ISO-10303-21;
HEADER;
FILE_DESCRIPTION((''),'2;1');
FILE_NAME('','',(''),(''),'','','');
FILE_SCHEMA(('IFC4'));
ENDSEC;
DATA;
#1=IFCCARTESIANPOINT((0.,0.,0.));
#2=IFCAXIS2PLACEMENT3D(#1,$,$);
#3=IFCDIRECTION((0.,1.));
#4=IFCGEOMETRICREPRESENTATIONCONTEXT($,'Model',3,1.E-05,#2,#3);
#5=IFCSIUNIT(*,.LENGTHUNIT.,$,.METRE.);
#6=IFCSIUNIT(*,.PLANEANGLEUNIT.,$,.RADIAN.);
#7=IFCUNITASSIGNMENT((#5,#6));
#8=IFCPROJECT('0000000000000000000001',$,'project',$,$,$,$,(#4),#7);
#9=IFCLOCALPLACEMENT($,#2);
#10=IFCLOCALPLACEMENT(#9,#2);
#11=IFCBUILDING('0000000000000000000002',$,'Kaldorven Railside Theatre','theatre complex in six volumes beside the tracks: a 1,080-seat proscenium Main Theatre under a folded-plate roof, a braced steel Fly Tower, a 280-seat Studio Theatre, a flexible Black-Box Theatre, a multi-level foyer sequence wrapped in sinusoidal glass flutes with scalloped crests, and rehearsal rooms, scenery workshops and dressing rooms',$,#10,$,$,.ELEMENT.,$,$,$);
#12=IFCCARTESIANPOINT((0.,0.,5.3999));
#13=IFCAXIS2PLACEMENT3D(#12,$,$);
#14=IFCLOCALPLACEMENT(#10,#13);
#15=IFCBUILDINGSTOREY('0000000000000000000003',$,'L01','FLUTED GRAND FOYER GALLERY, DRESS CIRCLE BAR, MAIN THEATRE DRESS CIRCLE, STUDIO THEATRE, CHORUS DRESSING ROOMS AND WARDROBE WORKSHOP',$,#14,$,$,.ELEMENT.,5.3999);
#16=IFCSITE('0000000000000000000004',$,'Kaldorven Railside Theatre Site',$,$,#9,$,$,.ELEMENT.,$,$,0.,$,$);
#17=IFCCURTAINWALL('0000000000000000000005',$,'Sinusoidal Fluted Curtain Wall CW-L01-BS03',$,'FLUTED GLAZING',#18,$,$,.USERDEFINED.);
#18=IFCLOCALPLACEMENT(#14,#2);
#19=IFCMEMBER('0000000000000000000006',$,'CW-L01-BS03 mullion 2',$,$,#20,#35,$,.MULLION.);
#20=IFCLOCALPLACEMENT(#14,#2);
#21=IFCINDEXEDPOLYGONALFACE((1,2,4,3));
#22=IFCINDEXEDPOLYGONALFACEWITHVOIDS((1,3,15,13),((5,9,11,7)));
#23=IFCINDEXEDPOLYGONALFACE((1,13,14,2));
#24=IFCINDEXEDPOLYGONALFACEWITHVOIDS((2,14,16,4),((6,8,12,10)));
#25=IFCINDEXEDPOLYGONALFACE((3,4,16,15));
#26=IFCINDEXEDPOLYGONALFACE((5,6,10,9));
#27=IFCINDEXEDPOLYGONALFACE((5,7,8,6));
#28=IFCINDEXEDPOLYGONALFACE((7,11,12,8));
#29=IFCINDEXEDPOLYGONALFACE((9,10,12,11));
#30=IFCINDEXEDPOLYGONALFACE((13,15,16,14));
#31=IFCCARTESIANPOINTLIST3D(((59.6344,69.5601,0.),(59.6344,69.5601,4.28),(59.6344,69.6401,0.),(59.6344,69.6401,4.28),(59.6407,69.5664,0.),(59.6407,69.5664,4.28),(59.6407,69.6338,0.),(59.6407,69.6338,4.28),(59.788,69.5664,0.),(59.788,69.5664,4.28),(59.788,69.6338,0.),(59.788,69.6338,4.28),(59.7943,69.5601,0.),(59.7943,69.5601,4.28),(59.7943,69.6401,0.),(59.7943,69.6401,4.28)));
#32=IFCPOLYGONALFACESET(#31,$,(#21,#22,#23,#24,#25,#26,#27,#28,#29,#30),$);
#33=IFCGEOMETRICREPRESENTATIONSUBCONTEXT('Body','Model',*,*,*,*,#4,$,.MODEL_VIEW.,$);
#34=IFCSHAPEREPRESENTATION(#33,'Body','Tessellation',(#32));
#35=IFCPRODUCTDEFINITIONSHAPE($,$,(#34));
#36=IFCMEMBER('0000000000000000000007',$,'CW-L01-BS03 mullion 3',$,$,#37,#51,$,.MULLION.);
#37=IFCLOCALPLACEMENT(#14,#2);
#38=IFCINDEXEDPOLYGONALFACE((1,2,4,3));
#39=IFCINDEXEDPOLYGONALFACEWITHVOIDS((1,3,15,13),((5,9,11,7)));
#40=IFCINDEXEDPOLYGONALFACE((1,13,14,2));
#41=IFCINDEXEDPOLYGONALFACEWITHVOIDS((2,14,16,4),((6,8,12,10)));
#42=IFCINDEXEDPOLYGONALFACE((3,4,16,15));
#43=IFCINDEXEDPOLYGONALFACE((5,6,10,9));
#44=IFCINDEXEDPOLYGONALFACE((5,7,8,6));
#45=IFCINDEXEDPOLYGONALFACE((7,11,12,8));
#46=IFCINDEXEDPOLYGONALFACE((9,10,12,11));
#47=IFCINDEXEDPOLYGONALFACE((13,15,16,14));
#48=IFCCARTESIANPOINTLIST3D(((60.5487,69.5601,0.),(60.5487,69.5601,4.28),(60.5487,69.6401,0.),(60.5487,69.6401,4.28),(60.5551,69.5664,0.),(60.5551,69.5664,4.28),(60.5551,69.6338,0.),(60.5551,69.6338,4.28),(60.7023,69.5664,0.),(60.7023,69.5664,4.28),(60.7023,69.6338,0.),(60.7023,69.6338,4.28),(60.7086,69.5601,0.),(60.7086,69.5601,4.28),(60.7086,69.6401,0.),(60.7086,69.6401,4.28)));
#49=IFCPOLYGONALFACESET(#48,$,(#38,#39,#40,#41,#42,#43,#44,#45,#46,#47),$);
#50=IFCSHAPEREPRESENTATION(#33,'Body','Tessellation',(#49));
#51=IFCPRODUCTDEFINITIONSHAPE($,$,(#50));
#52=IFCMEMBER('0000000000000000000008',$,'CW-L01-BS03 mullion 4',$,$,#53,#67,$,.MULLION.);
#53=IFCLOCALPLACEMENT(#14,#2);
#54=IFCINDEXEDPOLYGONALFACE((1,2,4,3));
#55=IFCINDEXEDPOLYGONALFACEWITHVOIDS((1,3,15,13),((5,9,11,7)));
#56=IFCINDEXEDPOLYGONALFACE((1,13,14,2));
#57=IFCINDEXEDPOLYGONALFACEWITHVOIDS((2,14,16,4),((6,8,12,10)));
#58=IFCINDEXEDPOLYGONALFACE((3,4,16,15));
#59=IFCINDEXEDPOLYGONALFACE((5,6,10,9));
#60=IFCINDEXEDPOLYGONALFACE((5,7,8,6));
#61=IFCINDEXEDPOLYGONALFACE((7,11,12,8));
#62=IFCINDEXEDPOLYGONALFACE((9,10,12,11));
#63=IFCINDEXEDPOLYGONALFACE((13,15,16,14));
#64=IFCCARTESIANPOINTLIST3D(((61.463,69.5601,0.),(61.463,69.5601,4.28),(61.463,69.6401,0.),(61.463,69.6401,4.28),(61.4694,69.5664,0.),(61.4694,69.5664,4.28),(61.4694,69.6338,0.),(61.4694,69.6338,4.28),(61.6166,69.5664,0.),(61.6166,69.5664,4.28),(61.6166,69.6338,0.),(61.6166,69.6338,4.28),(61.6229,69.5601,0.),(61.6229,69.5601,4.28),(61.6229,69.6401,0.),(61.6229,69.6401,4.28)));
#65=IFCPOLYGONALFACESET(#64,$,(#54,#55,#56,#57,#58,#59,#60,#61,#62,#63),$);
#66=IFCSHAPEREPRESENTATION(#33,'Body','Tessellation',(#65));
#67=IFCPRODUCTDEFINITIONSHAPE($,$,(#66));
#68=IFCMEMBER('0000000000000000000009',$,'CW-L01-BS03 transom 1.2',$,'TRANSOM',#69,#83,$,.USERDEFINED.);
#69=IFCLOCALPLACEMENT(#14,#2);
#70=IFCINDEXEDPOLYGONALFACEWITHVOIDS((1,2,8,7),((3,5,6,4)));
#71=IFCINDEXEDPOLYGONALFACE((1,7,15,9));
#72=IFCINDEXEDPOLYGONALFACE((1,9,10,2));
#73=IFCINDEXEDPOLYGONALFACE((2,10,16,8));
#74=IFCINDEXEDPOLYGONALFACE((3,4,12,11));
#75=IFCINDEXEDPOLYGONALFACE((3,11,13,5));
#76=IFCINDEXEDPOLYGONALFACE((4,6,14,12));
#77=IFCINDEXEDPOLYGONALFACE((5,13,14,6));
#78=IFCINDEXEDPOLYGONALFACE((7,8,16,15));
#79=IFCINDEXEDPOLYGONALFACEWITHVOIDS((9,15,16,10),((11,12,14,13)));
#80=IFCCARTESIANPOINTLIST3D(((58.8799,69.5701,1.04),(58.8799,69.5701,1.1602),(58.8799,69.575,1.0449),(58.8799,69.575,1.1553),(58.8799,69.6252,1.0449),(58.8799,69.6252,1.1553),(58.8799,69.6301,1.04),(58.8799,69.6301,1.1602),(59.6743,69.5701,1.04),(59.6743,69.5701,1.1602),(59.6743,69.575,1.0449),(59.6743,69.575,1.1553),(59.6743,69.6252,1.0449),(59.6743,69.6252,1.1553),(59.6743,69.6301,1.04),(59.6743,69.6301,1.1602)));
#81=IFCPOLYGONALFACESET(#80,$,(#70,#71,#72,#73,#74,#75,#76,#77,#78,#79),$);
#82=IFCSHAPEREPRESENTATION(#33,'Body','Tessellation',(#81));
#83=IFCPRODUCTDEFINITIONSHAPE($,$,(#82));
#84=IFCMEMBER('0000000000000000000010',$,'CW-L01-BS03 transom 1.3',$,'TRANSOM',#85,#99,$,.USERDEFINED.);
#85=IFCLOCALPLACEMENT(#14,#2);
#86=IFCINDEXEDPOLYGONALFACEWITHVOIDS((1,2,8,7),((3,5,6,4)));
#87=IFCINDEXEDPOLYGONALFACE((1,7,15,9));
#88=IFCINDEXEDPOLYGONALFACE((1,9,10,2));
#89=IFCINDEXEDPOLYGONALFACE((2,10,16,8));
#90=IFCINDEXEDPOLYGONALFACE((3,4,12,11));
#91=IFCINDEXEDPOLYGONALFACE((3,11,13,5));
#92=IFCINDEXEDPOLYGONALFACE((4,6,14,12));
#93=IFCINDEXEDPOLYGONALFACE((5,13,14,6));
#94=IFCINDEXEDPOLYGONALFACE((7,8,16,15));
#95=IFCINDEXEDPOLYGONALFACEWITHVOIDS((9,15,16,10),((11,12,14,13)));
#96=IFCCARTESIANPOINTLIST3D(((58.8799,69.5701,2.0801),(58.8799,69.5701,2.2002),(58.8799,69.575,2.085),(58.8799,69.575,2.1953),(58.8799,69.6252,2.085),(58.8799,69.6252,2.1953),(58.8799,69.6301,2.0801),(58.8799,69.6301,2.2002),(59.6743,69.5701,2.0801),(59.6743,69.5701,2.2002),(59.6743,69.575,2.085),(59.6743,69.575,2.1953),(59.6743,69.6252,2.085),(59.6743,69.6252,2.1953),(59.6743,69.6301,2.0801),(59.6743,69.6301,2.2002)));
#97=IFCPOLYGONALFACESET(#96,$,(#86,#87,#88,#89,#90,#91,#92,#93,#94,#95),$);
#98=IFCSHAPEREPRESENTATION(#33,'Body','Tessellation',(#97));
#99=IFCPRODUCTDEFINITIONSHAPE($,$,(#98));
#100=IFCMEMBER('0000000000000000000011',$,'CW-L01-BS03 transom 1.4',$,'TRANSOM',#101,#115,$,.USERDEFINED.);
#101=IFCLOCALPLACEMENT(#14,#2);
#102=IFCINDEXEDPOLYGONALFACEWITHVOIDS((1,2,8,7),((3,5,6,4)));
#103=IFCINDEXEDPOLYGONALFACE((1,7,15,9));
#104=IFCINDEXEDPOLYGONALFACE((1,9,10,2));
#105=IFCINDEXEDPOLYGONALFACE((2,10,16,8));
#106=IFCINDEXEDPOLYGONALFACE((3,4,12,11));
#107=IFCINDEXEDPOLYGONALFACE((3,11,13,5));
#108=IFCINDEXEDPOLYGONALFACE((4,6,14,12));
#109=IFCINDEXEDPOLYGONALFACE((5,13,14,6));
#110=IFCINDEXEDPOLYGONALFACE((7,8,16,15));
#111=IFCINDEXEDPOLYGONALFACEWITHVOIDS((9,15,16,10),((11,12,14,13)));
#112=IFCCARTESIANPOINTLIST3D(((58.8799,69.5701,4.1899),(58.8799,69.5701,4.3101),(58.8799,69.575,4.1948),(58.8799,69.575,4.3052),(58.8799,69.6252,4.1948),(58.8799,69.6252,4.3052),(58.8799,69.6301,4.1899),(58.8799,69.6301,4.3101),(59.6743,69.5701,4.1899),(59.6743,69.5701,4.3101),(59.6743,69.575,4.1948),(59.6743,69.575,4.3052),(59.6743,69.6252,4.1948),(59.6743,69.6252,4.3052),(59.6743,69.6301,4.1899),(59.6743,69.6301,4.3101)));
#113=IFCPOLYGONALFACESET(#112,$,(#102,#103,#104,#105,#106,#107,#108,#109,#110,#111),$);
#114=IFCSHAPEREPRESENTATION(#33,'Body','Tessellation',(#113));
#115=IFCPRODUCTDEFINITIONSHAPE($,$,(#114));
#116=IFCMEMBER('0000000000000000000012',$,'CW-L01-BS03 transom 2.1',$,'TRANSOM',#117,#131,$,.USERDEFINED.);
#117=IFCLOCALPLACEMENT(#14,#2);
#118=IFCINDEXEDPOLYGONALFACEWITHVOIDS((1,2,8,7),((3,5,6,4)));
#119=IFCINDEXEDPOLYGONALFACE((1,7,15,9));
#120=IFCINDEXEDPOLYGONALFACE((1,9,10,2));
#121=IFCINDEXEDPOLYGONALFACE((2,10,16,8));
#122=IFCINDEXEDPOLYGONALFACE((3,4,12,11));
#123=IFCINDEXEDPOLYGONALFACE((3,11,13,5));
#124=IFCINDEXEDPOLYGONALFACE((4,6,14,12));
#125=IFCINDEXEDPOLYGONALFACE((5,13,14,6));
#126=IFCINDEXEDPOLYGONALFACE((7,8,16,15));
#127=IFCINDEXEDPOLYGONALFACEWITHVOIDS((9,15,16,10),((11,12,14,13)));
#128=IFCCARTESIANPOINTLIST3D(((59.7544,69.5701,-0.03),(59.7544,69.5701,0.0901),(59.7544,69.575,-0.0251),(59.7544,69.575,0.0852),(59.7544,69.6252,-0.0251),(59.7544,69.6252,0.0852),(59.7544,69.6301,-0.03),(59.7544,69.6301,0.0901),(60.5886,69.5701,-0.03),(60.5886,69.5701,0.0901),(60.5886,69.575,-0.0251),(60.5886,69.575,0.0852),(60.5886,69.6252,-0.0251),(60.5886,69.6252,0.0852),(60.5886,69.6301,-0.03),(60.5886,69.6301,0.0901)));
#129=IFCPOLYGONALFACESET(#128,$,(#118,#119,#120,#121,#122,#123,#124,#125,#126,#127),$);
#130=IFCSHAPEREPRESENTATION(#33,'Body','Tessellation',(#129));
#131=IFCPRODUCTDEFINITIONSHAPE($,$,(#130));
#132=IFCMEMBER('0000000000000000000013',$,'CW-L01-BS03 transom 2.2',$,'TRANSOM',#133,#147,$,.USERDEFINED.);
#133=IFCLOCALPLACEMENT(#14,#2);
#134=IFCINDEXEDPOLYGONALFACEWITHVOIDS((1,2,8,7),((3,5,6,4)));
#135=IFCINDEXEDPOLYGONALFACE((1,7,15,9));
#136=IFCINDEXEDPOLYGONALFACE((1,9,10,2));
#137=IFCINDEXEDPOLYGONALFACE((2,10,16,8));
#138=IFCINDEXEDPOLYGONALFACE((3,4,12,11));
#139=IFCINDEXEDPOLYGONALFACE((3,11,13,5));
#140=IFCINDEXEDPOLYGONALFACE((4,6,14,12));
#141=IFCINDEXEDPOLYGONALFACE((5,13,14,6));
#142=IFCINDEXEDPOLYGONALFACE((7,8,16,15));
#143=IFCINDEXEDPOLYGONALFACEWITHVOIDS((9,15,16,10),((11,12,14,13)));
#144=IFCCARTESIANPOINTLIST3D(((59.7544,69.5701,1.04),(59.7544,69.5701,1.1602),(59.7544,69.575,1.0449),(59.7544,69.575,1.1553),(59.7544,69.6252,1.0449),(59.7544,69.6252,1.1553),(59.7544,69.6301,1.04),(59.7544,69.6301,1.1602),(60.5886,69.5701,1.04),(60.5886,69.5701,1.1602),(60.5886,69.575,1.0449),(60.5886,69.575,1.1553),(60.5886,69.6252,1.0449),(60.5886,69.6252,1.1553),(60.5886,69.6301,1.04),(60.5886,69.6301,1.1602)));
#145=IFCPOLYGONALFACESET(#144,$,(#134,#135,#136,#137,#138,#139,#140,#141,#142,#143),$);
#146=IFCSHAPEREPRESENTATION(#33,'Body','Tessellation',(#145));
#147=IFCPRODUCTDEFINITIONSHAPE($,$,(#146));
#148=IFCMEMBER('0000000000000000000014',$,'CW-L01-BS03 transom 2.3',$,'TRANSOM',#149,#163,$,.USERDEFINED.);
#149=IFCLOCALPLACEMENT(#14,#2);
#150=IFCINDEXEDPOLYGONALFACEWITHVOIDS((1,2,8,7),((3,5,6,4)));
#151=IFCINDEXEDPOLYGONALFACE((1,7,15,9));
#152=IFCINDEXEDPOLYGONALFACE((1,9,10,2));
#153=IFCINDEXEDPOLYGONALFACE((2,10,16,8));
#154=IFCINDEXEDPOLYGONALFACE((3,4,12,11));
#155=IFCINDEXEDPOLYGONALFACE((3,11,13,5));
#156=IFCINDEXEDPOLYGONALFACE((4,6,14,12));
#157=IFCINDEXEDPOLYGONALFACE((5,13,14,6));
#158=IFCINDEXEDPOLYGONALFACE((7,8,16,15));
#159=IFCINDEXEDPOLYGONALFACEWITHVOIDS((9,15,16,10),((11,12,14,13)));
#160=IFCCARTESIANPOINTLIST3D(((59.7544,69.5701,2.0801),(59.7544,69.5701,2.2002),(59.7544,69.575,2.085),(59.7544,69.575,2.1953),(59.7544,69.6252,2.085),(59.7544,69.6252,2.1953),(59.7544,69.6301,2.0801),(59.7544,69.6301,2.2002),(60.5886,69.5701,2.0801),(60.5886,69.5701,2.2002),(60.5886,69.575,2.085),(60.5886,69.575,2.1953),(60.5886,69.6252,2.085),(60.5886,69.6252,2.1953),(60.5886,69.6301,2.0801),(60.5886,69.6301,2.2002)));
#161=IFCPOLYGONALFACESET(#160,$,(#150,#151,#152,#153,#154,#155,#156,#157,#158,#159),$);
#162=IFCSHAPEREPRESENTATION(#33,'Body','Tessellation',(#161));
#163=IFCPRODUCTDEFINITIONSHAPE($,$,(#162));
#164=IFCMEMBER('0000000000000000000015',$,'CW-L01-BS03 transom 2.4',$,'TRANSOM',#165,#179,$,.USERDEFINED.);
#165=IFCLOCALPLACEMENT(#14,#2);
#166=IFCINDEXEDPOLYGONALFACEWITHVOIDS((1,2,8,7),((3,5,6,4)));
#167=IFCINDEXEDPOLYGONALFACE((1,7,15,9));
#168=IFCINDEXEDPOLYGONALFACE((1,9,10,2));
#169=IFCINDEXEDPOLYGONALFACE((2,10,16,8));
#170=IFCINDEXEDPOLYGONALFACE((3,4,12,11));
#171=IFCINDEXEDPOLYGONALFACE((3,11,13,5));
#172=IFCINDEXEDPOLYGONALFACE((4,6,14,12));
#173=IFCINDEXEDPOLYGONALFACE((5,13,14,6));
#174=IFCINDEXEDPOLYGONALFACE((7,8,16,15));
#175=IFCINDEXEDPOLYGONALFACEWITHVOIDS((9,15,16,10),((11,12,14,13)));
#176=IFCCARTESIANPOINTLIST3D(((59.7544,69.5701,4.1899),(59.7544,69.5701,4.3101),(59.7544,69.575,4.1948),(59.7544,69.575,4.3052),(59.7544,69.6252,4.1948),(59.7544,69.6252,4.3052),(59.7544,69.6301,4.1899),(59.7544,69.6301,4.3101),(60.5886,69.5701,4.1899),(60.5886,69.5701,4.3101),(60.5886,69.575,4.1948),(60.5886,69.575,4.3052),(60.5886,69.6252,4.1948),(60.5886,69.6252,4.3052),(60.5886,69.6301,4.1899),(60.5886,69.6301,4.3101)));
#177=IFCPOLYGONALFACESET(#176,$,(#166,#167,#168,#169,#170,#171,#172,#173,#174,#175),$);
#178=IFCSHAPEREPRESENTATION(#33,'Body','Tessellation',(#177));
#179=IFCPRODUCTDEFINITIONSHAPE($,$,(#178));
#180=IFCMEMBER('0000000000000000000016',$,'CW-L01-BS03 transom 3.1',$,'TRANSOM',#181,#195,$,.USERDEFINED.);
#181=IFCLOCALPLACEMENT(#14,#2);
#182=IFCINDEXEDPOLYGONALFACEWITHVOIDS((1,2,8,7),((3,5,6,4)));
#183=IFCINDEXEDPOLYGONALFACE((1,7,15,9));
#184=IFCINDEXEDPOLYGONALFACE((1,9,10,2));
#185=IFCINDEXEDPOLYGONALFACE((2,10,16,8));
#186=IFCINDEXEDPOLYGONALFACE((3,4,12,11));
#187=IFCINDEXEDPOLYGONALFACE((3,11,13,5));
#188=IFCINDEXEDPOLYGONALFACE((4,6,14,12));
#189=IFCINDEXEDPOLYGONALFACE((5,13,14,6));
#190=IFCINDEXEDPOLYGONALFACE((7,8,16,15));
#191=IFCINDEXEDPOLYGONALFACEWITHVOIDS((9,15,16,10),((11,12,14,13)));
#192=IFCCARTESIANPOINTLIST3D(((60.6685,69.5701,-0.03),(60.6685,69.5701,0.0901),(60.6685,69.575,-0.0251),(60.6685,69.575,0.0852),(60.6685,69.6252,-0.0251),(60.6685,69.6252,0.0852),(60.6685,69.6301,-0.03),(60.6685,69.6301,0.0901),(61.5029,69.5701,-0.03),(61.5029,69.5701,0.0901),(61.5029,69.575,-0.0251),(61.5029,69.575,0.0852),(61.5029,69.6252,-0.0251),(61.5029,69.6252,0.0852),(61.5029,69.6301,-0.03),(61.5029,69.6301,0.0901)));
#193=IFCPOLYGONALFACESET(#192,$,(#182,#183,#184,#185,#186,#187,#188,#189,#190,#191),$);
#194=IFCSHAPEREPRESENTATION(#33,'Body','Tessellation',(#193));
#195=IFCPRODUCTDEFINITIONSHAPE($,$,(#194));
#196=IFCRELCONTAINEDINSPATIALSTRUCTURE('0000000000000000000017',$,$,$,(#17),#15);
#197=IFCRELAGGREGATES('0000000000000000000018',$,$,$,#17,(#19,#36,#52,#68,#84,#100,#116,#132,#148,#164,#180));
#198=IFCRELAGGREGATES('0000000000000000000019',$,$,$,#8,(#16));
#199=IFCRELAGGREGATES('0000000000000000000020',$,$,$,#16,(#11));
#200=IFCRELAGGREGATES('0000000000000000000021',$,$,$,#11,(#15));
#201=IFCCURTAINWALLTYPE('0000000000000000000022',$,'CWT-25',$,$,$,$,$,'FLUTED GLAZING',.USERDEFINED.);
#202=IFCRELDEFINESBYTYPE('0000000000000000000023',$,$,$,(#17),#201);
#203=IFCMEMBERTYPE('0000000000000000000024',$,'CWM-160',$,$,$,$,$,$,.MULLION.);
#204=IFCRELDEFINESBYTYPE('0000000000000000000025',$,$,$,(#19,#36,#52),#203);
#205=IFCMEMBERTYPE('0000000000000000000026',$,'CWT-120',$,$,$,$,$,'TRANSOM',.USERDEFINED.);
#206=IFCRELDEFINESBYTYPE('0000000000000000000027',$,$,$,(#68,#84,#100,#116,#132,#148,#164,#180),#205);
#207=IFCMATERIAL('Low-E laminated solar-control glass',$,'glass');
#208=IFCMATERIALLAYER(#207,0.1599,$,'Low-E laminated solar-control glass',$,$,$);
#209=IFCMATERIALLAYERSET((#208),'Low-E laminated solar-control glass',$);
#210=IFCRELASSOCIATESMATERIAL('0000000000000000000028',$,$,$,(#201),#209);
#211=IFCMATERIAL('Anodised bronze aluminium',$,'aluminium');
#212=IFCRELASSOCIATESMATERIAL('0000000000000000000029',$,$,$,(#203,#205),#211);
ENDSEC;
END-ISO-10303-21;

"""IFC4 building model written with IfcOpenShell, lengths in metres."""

from ifc_helpers import new_model, si_unit, direction, frame, origin, origin_2d, place, context, subcontext, project, spatial, hollow_rectangle, extrude, material, layer, layer_set, material_profile, profile_set, type_object, element, aggregate, save


model = new_model("IFC4")

# Units and contexts
model_context = context("Model", 3, precision=1e-05, world=origin(), true_north=direction((0.0, 1.0)))
body_context = subcontext(model_context, "Body", "Model", "MODEL_VIEW")
ifc_project = project(units=[si_unit("LENGTHUNIT", "METRE"), si_unit("PLANEANGLEUNIT", "RADIAN")], contexts=[model_context])

# Site, building, storey
site_placement = place(None, origin())
site = spatial("IfcSite", under=ifc_project, at=site_placement, Name="Kaldorven Railside Theatre Site", CompositionType="ELEMENT", RefElevation=0.0)
building_placement = place(site_placement, origin())
building = spatial("IfcBuilding", under=site, at=building_placement, Name="Kaldorven Railside Theatre", Description="theatre complex in six volumes beside the tracks: a 1,080-seat proscenium Main Theatre under a folded-plate roof, a braced steel Fly Tower, a 280-seat Studio Theatre, a flexible Black-Box Theatre, a multi-level foyer sequence wrapped in sinusoidal glass flutes with scalloped crests, and rehearsal rooms, scenery workshops and dressing rooms", CompositionType="ELEMENT")
storey_placement = place(building_placement, frame((0.0, 0.0, 5.3999)))
storey = spatial("IfcBuildingStorey", under=building, at=storey_placement, Name="L01", Description="FLUTED GRAND FOYER GALLERY, DRESS CIRCLE BAR, MAIN THEATRE DRESS CIRCLE, STUDIO THEATRE, CHORUS DRESSING ROOMS AND WARDROBE WORKSHOP", CompositionType="ELEMENT", Elevation=5.3999)

# Curtain wall, members
ifc_material_1 = material(Name="Low-E laminated solar-control glass", Category="glass")
ifc_layer_1 = layer(ifc_material_1, 0.1599, Name="Low-E laminated solar-control glass")
ifc_layer_set_1 = layer_set([ifc_layer_1], Name="Low-E laminated solar-control glass")
curtain_wall_type = type_object("IfcCurtainWallType", Name="CWT-25", ElementType="FLUTED GLAZING", PredefinedType="USERDEFINED", material=ifc_layer_set_1)
curtain_wall_placement = place(storey_placement, origin())
curtain_wall = element("IfcCurtainWall", 1, at=curtain_wall_placement, inside=storey, type_object=curtain_wall_type, Name="Sinusoidal Fluted Curtain Wall CW-L01-BS03", ObjectType="FLUTED GLAZING", PredefinedType="USERDEFINED")
ifc_material_2 = material(Name="Anodised bronze aluminium", Category="aluminium")
ifc_material_profile_1 = material_profile(ifc_material_2, hollow_rectangle(XDim=0.0801, YDim=0.1599, WallThickness=0.0063, at=origin_2d()), Name="RHS 160x80x6.3")
ifc_profile_set_1 = profile_set([ifc_material_profile_1], Name="Anodised bronze aluminium")
member_type_1 = type_object("IfcMemberType", Name="CWM-160", PredefinedType="MULLION", material=ifc_profile_set_1)
member_1_placement = place(storey_placement, frame((59.7144, 69.6001, 0.0), z_axis=(0.0, 0.0, 1.0), x_axis=(0.0, 1.0, 0.0)))
member_1 = element("IfcMember", 2, at=member_1_placement, type_object=member_type_1, Name="CW-L01-BS03 mullion 2", PredefinedType="MULLION", context=body_context, shape_type="SweptSolid", body=[
    extrude(hollow_rectangle(XDim=0.0801, YDim=0.1599, WallThickness=0.0063, at=origin_2d()), origin(), (0.0, 0.0, 1.0), 4.28),
])
member_2_placement = place(storey_placement, frame((60.6287, 69.6001, 0.0), z_axis=(0.0, 0.0, 1.0), x_axis=(0.0, 1.0, 0.0)))
member_2 = element("IfcMember", 3, at=member_2_placement, type_object=member_type_1, Name="CW-L01-BS03 mullion 3", PredefinedType="MULLION", context=body_context, shape_type="SweptSolid", body=[
    extrude(hollow_rectangle(XDim=0.0801, YDim=0.1599, WallThickness=0.0063, at=origin_2d()), origin(), (0.0, 0.0, 1.0), 4.28),
])
member_3_placement = place(storey_placement, frame((61.543, 69.6001, 0.0), z_axis=(0.0, 0.0, 1.0), x_axis=(0.0, 1.0, 0.0)))
member_3 = element("IfcMember", 4, at=member_3_placement, type_object=member_type_1, Name="CW-L01-BS03 mullion 4", PredefinedType="MULLION", context=body_context, shape_type="SweptSolid", body=[
    extrude(hollow_rectangle(XDim=0.0801, YDim=0.1599, WallThickness=0.0063, at=origin_2d()), origin(), (0.0, 0.0, 1.0), 4.28),
])
ifc_material_profile_2 = material_profile(ifc_material_2, hollow_rectangle(XDim=0.0601, YDim=0.1201, WallThickness=0.0049, at=origin_2d()), Name="RHS 120x60x5")
ifc_profile_set_2 = profile_set([ifc_material_profile_2], Name="Anodised bronze aluminium")
member_type_2 = type_object("IfcMemberType", Name="CWT-120", ElementType="TRANSOM", PredefinedType="USERDEFINED", material=ifc_profile_set_2)
member_4_placement = place(storey_placement, frame((58.8799, 69.6001, 1.1001), z_axis=(1.0, 0.0, 0.0), x_axis=(0.0, 1.0, 0.0)))
member_4 = element("IfcMember", 5, at=member_4_placement, type_object=member_type_2, Name="CW-L01-BS03 transom 1.2", ObjectType="TRANSOM", PredefinedType="USERDEFINED", context=body_context, shape_type="SweptSolid", body=[
    extrude(hollow_rectangle(XDim=0.0601, YDim=0.1201, WallThickness=0.0049, at=origin_2d()), origin(), (0.0, 0.0, 1.0), 0.7944),
])
member_5_placement = place(storey_placement, frame((58.8799, 69.6001, 2.1401), z_axis=(1.0, 0.0, 0.0), x_axis=(0.0, 1.0, 0.0)))
member_5 = element("IfcMember", 6, at=member_5_placement, type_object=member_type_2, Name="CW-L01-BS03 transom 1.3", ObjectType="TRANSOM", PredefinedType="USERDEFINED", context=body_context, shape_type="SweptSolid", body=[
    extrude(hollow_rectangle(XDim=0.0601, YDim=0.1201, WallThickness=0.0049, at=origin_2d()), origin(), (0.0, 0.0, 1.0), 0.7944),
])
member_6_placement = place(storey_placement, frame((58.8799, 69.6001, 4.25), z_axis=(1.0, 0.0, 0.0), x_axis=(0.0, 1.0, 0.0)))
member_6 = element("IfcMember", 7, at=member_6_placement, type_object=member_type_2, Name="CW-L01-BS03 transom 1.4", ObjectType="TRANSOM", PredefinedType="USERDEFINED", context=body_context, shape_type="SweptSolid", body=[
    extrude(hollow_rectangle(XDim=0.0601, YDim=0.1201, WallThickness=0.0049, at=origin_2d()), origin(), (0.0, 0.0, 1.0), 0.7944),
])
member_7_placement = place(storey_placement, frame((59.7544, 69.6001, 0.03), z_axis=(1.0, 0.0, 0.0), x_axis=(0.0, 1.0, 0.0)))
member_7 = element("IfcMember", 8, at=member_7_placement, type_object=member_type_2, Name="CW-L01-BS03 transom 2.1", ObjectType="TRANSOM", PredefinedType="USERDEFINED", context=body_context, shape_type="SweptSolid", body=[
    extrude(hollow_rectangle(XDim=0.0601, YDim=0.1201, WallThickness=0.0049, at=origin_2d()), origin(), (0.0, 0.0, 1.0), 0.8342),
])
member_8_placement = place(storey_placement, frame((59.7544, 69.6001, 1.1001), z_axis=(1.0, 0.0, 0.0), x_axis=(0.0, 1.0, 0.0)))
member_8 = element("IfcMember", 9, at=member_8_placement, type_object=member_type_2, Name="CW-L01-BS03 transom 2.2", ObjectType="TRANSOM", PredefinedType="USERDEFINED", context=body_context, shape_type="SweptSolid", body=[
    extrude(hollow_rectangle(XDim=0.0601, YDim=0.1201, WallThickness=0.0049, at=origin_2d()), origin(), (0.0, 0.0, 1.0), 0.8342),
])
member_9_placement = place(storey_placement, frame((59.7544, 69.6001, 2.1401), z_axis=(1.0, 0.0, 0.0), x_axis=(0.0, 1.0, 0.0)))
member_9 = element("IfcMember", 10, at=member_9_placement, type_object=member_type_2, Name="CW-L01-BS03 transom 2.3", ObjectType="TRANSOM", PredefinedType="USERDEFINED", context=body_context, shape_type="SweptSolid", body=[
    extrude(hollow_rectangle(XDim=0.0601, YDim=0.1201, WallThickness=0.0049, at=origin_2d()), origin(), (0.0, 0.0, 1.0), 0.8342),
])
member_10_placement = place(storey_placement, frame((59.7544, 69.6001, 4.25), z_axis=(1.0, 0.0, 0.0), x_axis=(0.0, 1.0, 0.0)))
member_10 = element("IfcMember", 11, at=member_10_placement, type_object=member_type_2, Name="CW-L01-BS03 transom 2.4", ObjectType="TRANSOM", PredefinedType="USERDEFINED", context=body_context, shape_type="SweptSolid", body=[
    extrude(hollow_rectangle(XDim=0.0601, YDim=0.1201, WallThickness=0.0049, at=origin_2d()), origin(), (0.0, 0.0, 1.0), 0.8342),
])
member_11_placement = place(storey_placement, frame((60.6685, 69.6001, 0.03), z_axis=(1.0, 0.0, 0.0), x_axis=(0.0, 1.0, 0.0)))
member_11 = element("IfcMember", 12, at=member_11_placement, type_object=member_type_2, Name="CW-L01-BS03 transom 3.1", ObjectType="TRANSOM", PredefinedType="USERDEFINED", context=body_context, shape_type="SweptSolid", body=[
    extrude(hollow_rectangle(XDim=0.0601, YDim=0.1201, WallThickness=0.0049, at=origin_2d()), origin(), (0.0, 0.0, 1.0), 0.8345),
])
aggregate(curtain_wall, [member_1, member_2, member_3, member_4, member_5, member_6, member_7, member_8, member_9, member_10, member_11])

save(model, "model.ifc")
